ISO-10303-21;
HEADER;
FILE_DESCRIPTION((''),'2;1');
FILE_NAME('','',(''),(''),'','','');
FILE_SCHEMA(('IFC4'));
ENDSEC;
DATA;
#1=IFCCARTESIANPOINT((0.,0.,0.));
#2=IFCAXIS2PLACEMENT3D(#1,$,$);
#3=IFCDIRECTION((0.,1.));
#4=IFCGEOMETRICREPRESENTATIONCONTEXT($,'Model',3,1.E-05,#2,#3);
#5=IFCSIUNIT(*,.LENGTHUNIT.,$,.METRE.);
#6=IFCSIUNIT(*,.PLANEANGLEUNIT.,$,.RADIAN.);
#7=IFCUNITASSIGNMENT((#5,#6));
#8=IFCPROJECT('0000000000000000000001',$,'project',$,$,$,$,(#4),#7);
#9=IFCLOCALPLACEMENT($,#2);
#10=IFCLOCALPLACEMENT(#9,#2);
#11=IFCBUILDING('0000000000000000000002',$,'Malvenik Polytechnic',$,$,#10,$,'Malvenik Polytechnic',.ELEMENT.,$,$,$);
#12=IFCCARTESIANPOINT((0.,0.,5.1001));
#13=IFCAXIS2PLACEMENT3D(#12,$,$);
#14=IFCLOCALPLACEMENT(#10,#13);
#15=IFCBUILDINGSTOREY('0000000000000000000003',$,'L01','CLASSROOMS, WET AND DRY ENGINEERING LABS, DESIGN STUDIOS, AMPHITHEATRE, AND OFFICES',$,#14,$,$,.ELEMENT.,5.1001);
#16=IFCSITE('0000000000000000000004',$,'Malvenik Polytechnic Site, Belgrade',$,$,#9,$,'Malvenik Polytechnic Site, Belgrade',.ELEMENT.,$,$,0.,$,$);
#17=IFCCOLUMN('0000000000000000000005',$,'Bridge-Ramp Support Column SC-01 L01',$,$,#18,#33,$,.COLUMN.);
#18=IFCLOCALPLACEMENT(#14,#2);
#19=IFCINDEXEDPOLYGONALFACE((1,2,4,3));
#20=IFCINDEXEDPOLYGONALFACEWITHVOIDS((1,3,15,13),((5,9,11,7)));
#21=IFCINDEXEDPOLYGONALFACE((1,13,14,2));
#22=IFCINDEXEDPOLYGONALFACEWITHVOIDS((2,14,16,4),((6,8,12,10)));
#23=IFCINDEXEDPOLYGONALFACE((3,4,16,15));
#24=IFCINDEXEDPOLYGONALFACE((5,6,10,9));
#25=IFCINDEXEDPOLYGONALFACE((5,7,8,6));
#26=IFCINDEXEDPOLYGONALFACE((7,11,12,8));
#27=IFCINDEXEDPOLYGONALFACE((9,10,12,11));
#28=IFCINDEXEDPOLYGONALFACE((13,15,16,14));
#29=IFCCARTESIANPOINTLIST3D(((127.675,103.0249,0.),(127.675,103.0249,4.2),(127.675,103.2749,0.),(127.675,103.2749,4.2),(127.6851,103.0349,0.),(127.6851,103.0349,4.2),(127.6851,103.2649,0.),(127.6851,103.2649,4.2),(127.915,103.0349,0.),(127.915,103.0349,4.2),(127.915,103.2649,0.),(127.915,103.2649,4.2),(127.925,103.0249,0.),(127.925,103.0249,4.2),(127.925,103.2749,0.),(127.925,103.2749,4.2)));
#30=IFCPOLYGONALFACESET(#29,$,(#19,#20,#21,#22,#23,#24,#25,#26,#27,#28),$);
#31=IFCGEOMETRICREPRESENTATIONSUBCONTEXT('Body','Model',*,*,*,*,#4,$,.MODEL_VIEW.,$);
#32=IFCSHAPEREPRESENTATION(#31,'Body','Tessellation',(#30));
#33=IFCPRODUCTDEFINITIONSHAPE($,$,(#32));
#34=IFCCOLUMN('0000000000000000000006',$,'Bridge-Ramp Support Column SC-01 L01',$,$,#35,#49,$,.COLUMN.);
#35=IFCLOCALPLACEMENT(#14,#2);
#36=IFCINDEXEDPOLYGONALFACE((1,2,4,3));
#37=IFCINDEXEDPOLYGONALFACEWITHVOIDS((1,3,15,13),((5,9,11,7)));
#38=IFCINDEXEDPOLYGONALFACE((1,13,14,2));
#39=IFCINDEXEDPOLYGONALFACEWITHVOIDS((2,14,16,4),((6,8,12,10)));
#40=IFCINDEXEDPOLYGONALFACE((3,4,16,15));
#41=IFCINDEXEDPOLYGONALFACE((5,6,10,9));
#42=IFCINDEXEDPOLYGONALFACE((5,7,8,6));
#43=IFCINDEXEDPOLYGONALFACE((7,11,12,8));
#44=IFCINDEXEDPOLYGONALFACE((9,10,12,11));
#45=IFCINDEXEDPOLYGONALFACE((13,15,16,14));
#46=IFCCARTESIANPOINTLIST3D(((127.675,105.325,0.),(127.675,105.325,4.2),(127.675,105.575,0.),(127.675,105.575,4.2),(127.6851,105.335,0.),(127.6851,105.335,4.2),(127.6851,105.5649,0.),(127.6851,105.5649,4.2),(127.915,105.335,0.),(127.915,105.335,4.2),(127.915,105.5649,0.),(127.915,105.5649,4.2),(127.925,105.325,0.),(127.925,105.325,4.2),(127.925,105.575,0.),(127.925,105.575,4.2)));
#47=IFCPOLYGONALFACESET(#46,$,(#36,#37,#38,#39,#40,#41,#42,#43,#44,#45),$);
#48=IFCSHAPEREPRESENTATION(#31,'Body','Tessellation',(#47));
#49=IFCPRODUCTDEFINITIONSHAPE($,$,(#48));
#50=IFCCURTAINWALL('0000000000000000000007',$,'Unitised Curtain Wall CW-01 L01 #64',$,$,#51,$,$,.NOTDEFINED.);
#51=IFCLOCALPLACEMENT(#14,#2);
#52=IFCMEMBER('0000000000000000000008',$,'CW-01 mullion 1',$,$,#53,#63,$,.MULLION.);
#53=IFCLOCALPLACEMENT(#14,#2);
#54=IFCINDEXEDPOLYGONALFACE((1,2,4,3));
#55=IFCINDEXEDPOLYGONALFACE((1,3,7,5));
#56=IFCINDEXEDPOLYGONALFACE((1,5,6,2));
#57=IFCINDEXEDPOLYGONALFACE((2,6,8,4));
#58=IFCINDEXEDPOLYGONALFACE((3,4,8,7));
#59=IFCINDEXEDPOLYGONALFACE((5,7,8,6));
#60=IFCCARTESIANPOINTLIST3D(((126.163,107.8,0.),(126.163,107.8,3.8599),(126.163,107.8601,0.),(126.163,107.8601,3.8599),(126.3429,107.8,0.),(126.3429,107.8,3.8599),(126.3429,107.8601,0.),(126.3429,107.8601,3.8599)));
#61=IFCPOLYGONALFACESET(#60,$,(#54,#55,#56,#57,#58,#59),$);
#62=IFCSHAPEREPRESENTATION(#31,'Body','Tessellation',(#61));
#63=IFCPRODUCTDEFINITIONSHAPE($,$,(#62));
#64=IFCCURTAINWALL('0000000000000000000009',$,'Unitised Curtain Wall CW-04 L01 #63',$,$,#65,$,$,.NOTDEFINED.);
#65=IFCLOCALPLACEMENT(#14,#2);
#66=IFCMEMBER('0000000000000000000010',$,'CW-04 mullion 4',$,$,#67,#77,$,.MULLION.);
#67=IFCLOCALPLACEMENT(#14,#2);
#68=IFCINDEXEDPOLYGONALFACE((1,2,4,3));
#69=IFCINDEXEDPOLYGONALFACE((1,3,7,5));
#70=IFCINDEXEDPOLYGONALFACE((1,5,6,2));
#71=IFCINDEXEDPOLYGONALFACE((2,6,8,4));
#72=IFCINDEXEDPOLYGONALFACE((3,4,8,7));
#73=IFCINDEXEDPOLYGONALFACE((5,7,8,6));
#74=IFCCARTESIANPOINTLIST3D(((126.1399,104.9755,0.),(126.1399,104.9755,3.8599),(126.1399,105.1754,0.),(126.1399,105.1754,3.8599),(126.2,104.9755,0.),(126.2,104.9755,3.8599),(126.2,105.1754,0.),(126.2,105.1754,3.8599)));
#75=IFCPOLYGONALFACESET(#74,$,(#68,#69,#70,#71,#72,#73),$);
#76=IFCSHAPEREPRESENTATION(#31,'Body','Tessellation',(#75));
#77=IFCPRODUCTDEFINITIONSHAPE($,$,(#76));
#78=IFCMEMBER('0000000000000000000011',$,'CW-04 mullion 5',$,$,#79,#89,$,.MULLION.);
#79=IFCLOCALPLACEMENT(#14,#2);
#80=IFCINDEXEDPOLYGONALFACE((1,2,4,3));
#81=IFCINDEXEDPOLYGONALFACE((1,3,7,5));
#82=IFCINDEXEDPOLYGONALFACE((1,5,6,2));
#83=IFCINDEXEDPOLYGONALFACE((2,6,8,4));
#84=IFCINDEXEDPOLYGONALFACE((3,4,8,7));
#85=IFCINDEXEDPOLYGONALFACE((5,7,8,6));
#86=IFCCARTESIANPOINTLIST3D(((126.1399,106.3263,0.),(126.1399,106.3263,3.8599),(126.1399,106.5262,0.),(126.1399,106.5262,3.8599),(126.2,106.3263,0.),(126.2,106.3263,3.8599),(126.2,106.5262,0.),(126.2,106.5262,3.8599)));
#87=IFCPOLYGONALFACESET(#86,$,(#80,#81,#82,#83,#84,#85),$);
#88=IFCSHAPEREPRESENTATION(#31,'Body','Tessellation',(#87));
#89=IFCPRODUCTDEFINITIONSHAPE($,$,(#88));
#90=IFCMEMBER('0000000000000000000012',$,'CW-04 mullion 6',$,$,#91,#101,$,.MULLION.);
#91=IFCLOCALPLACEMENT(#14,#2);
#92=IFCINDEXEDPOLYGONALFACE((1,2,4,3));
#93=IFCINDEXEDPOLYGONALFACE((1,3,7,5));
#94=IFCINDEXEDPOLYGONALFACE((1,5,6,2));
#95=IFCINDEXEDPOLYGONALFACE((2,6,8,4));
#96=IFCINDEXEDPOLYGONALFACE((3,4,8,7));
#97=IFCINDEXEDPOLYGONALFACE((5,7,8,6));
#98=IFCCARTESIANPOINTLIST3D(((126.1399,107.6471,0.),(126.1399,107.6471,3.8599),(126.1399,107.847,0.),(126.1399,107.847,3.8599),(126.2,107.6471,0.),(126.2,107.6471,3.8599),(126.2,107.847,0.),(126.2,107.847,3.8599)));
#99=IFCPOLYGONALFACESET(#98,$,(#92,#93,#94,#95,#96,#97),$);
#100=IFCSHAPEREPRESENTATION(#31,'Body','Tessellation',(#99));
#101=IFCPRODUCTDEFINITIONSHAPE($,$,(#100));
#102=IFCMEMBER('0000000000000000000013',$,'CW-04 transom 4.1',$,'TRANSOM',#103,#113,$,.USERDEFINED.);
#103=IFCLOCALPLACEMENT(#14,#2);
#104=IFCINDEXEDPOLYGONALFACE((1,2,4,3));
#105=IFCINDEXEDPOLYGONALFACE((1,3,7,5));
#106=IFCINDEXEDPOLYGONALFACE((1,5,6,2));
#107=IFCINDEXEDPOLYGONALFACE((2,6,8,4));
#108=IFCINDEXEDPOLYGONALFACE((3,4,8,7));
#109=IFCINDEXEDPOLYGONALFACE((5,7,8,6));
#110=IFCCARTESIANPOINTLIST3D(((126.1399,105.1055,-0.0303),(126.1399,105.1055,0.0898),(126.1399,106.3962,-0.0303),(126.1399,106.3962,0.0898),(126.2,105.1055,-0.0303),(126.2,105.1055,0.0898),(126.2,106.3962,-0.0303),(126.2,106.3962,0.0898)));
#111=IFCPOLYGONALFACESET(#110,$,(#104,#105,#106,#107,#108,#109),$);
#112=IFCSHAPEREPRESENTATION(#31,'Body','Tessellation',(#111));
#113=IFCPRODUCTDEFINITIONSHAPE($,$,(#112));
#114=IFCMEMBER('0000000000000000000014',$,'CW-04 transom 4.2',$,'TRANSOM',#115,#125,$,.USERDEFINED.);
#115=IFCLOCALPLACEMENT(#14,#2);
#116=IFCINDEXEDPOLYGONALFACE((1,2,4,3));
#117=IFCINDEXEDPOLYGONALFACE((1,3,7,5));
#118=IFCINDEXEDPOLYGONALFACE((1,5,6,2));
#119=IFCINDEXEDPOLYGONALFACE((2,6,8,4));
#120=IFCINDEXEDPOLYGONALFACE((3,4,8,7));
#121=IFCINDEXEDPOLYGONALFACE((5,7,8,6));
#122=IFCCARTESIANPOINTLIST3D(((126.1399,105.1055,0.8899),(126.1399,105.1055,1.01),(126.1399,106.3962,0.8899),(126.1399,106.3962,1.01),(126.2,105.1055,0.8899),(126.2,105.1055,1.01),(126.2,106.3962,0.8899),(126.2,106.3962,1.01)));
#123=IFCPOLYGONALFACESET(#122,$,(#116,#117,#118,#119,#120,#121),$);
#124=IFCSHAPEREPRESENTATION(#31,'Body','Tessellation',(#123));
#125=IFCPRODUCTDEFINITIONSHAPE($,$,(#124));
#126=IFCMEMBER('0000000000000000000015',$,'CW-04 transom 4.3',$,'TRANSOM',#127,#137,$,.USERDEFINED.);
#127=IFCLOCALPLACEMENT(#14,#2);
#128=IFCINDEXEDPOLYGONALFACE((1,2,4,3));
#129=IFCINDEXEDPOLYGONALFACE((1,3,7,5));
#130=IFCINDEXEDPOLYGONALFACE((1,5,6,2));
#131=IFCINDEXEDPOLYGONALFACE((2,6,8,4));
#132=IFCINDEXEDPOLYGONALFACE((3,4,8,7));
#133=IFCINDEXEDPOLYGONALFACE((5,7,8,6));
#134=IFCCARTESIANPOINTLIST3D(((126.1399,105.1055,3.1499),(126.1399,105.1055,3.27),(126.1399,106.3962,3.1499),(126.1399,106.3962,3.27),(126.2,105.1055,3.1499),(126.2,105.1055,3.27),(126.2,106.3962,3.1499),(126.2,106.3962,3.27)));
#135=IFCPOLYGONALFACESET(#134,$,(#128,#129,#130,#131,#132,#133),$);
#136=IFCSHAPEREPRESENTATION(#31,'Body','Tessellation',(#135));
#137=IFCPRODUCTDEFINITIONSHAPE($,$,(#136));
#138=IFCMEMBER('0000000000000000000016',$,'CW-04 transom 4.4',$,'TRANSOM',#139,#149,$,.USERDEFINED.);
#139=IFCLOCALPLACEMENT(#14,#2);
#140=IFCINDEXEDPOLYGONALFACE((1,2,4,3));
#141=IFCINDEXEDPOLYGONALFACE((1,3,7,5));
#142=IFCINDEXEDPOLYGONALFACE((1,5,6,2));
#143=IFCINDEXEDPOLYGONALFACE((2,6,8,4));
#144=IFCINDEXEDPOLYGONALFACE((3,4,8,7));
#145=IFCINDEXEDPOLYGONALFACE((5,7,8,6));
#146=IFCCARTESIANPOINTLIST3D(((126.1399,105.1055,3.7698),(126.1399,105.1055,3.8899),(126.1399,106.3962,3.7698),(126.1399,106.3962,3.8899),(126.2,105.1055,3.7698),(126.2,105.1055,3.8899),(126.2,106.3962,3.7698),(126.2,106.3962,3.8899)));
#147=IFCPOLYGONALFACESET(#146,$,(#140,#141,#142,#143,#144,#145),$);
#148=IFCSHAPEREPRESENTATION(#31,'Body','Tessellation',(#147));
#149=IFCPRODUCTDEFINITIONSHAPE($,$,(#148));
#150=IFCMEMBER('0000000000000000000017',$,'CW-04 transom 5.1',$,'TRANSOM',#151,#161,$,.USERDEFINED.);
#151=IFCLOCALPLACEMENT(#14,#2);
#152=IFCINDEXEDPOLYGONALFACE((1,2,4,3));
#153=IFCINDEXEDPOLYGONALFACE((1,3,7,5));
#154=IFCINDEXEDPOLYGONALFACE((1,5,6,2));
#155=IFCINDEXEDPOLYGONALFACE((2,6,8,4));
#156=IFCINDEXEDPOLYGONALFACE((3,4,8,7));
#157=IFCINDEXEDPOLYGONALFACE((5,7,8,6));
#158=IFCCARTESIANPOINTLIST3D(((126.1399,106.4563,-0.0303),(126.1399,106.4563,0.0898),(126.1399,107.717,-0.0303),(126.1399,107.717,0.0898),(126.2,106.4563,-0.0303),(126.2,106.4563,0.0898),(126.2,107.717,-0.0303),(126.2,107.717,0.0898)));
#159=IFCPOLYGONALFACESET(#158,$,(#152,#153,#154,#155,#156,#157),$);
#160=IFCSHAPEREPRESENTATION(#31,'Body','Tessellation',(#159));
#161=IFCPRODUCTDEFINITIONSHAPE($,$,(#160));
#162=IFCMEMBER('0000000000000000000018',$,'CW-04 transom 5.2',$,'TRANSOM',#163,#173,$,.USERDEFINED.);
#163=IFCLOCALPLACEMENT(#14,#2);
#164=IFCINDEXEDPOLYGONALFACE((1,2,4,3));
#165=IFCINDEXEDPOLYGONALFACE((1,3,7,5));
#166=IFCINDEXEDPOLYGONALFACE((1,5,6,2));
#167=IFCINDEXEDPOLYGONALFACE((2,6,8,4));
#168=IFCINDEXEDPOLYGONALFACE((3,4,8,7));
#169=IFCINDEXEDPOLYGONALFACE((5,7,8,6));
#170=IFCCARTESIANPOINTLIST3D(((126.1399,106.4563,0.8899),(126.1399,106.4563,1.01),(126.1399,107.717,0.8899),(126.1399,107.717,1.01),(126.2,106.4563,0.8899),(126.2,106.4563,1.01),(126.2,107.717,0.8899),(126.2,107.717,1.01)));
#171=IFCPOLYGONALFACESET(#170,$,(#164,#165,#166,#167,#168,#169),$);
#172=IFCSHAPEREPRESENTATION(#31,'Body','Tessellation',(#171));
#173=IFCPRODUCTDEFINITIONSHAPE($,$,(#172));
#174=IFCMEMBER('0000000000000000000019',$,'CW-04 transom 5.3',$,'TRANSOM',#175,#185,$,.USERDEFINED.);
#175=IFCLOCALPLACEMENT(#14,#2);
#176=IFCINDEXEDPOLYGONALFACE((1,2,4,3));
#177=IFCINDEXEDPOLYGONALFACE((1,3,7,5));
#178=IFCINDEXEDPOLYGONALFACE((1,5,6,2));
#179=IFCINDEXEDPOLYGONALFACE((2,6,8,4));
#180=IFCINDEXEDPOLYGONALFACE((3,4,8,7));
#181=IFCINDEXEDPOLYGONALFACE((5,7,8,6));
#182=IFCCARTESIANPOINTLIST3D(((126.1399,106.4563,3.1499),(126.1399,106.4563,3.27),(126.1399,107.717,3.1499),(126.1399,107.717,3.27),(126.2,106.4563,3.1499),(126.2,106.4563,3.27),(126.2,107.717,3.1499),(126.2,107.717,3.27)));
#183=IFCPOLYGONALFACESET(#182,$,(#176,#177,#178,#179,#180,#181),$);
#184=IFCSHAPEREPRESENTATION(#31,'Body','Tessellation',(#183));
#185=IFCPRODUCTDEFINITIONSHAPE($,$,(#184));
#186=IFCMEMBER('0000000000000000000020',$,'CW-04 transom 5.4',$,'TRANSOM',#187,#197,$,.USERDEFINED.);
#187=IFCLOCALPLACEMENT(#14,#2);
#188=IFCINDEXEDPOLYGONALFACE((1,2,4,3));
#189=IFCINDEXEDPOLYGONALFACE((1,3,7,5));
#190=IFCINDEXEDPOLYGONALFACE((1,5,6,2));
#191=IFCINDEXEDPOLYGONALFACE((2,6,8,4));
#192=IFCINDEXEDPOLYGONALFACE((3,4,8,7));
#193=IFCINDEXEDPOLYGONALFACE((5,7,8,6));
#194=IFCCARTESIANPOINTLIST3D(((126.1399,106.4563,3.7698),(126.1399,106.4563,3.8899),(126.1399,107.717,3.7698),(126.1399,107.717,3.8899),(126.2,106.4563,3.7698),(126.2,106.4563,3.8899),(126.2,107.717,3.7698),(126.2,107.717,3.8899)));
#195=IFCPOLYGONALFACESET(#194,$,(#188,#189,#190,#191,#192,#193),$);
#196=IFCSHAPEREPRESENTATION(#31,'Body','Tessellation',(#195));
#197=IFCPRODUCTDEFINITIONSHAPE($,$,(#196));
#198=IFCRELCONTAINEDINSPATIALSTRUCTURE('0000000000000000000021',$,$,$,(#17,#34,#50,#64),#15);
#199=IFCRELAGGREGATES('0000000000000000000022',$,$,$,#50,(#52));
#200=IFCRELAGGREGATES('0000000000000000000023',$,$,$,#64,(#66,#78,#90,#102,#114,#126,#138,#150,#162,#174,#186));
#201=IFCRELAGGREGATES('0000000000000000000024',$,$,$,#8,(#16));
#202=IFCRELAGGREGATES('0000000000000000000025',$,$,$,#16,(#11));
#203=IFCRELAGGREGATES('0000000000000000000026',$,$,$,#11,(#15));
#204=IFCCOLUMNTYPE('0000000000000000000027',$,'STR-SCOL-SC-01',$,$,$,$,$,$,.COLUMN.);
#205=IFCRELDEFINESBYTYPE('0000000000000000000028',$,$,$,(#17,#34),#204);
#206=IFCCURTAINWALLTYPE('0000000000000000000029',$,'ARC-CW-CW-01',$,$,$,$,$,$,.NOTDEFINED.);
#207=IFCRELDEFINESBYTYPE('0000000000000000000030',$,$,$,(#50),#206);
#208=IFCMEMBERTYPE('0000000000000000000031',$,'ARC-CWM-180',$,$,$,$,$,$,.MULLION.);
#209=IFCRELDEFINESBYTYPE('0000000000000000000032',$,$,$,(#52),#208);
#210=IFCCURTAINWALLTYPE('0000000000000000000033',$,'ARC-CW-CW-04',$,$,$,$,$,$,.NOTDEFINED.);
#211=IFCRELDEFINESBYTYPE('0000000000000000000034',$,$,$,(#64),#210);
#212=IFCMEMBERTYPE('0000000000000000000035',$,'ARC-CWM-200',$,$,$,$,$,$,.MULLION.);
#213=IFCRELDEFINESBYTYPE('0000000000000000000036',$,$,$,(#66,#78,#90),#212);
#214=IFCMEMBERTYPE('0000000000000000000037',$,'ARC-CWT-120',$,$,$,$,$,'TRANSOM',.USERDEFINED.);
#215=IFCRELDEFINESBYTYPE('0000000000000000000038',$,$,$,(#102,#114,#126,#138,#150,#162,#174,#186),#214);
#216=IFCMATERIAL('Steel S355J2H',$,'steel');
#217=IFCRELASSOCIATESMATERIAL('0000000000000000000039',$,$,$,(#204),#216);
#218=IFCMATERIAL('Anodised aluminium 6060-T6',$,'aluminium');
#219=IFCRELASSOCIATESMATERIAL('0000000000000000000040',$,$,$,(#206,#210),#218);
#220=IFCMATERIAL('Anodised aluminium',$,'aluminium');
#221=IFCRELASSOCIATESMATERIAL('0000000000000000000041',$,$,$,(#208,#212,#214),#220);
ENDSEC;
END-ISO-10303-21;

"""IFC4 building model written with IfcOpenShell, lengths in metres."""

from ifc_helpers import new_model, si_unit, direction, frame, origin, origin_2d, place, context, subcontext, project, spatial, rectangle, hollow_rectangle, extrude, material, material_profile, profile_set, type_object, element, aggregate, save


model = new_model("IFC4")

# Units and contexts
model_context = context("Model", 3, precision=1e-05, world=origin(), true_north=direction((0.0, 1.0)))
body_context = subcontext(model_context, "Body", "Model", "MODEL_VIEW")
ifc_project = project(units=[si_unit("LENGTHUNIT", "METRE"), si_unit("PLANEANGLEUNIT", "RADIAN")], contexts=[model_context])

# Site, building, storey
site_placement = place(None, origin())
site = spatial("IfcSite", under=ifc_project, at=site_placement, Name="Malvenik Polytechnic Site, Belgrade", LongName="Malvenik Polytechnic Site, Belgrade", CompositionType="ELEMENT", RefElevation=0.0)
building_placement = place(site_placement, origin())
building = spatial("IfcBuilding", under=site, at=building_placement, Name="Malvenik Polytechnic", LongName="Malvenik Polytechnic", CompositionType="ELEMENT")
storey_placement = place(building_placement, frame((0.0, 0.0, 5.1001)))
storey = spatial("IfcBuildingStorey", under=building, at=storey_placement, Name="L01", Description="CLASSROOMS, WET AND DRY ENGINEERING LABS, DESIGN STUDIOS, AMPHITHEATRE, AND OFFICES", CompositionType="ELEMENT", Elevation=5.1001)

# Columns
ifc_material_1 = material(Name="Steel S355J2H", Category="steel")
ifc_material_profile_1 = material_profile(ifc_material_1, hollow_rectangle(XDim=0.25, YDim=0.25, WallThickness=0.01, at=origin_2d()), Name="SHS 250x250x10.0")
ifc_profile_set_1 = profile_set([ifc_material_profile_1], Name="Steel S355J2H")
column_type = type_object("IfcColumnType", Name="STR-SCOL-SC-01", PredefinedType="COLUMN", material=ifc_profile_set_1)
for number, where, z_axis, x_axis, name in (
    (1, (127.8, 103.1499, 0.0), (0.0, 0.0, 1.0), (1.0, 0.0, 0.0), "Bridge-Ramp Support Column SC-01 L01"),
    (2, (127.8, 105.45, 0.0), (0.0, 0.0, 1.0), (1.0, 0.0, 0.0), "Bridge-Ramp Support Column SC-01 L01"),
):
    element("IfcColumn", number, at=place(storey_placement, frame(where, z_axis=z_axis, x_axis=x_axis)), inside=storey, type_object=column_type, Name=name, PredefinedType="COLUMN", context=body_context, shape_type="SweptSolid", body=[
        extrude(hollow_rectangle(XDim=0.25, YDim=0.25, WallThickness=0.01, at=origin_2d()), origin(), (0.0, 0.0, 1.0), 4.2),
    ])

# Curtain wall, member
ifc_material_2 = material(Name="Anodised aluminium 6060-T6", Category="aluminium")
curtain_wall_type_1 = type_object("IfcCurtainWallType", Name="ARC-CW-CW-01", PredefinedType="NOTDEFINED", material=ifc_material_2)
curtain_wall_1_placement = place(storey_placement, origin())
curtain_wall_1 = element("IfcCurtainWall", 3, at=curtain_wall_1_placement, inside=storey, type_object=curtain_wall_type_1, Name="Unitised Curtain Wall CW-01 L01 #64", PredefinedType="NOTDEFINED")
ifc_material_3 = material(Name="Anodised aluminium", Category="aluminium")
ifc_material_profile_2 = material_profile(ifc_material_3, rectangle(XDim=0.0601, YDim=0.1799, at=origin_2d()), Name="ALU MULLION 60x180")
ifc_profile_set_2 = profile_set([ifc_material_profile_2], Name="Anodised aluminium")
member_type_1 = type_object("IfcMemberType", Name="ARC-CWM-180", PredefinedType="MULLION", material=ifc_profile_set_2)
member_1_placement = place(storey_placement, frame((126.2529, 107.8301, 0.0), z_axis=(0.0, 0.0, 1.0), x_axis=(0.0, 1.0, 0.0)))
member_1 = element("IfcMember", 4, at=member_1_placement, type_object=member_type_1, Name="CW-01 mullion 1", PredefinedType="MULLION", context=body_context, shape_type="SweptSolid", body=[
    extrude(rectangle(XDim=0.0601, YDim=0.1799, at=origin_2d()), origin(), (0.0, 0.0, 1.0), 3.8599),
])
aggregate(curtain_wall_1, [member_1])

# Curtain wall, members
curtain_wall_type_2 = type_object("IfcCurtainWallType", Name="ARC-CW-CW-04", PredefinedType="NOTDEFINED", material=ifc_material_2)
curtain_wall_2_placement = place(storey_placement, origin())
curtain_wall_2 = element("IfcCurtainWall", 5, at=curtain_wall_2_placement, inside=storey, type_object=curtain_wall_type_2, Name="Unitised Curtain Wall CW-04 L01 #63", PredefinedType="NOTDEFINED")
ifc_material_profile_3 = material_profile(ifc_material_3, rectangle(XDim=0.0601, YDim=0.2, at=origin_2d()), Name="ALU MULLION 60x200")
ifc_profile_set_3 = profile_set([ifc_material_profile_3], Name="Anodised aluminium")
member_type_2 = type_object("IfcMemberType", Name="ARC-CWM-200", PredefinedType="MULLION", material=ifc_profile_set_3)
member_2_placement = place(storey_placement, frame((126.1699, 105.0754, 0.0), z_axis=(0.0, 0.0, 1.0), x_axis=(-1.0, 0.0, 0.0)))
member_2 = element("IfcMember", 6, at=member_2_placement, type_object=member_type_2, Name="CW-04 mullion 4", PredefinedType="MULLION", context=body_context, shape_type="SweptSolid", body=[
    extrude(rectangle(XDim=0.0601, YDim=0.2, at=origin_2d()), origin(), (0.0, 0.0, 1.0), 3.8599),
])
member_3_placement = place(storey_placement, frame((126.1699, 106.4263, 0.0), z_axis=(0.0, 0.0, 1.0), x_axis=(-1.0, 0.0, 0.0)))
member_3 = element("IfcMember", 7, at=member_3_placement, type_object=member_type_2, Name="CW-04 mullion 5", PredefinedType="MULLION", context=body_context, shape_type="SweptSolid", body=[
    extrude(rectangle(XDim=0.0601, YDim=0.2, at=origin_2d()), origin(), (0.0, 0.0, 1.0), 3.8599),
])
member_4_placement = place(storey_placement, frame((126.1699, 107.7471, 0.0), z_axis=(0.0, 0.0, 1.0), x_axis=(-1.0, 0.0, 0.0)))
member_4 = element("IfcMember", 8, at=member_4_placement, type_object=member_type_2, Name="CW-04 mullion 6", PredefinedType="MULLION", context=body_context, shape_type="SweptSolid", body=[
    extrude(rectangle(XDim=0.0601, YDim=0.2, at=origin_2d()), origin(), (0.0, 0.0, 1.0), 3.8599),
])
ifc_material_profile_4 = material_profile(ifc_material_3, rectangle(XDim=0.0601, YDim=0.1201, at=origin_2d()), Name="ALU TRANSOM 60x120")
ifc_profile_set_4 = profile_set([ifc_material_profile_4], Name="Anodised aluminium")
member_type_3 = type_object("IfcMemberType", Name="ARC-CWT-120", ElementType="TRANSOM", PredefinedType="USERDEFINED", material=ifc_profile_set_4)
member_5_placement = place(storey_placement, frame((126.1699, 105.1055, 0.0298), z_axis=(0.0, 1.0, 0.0), x_axis=(-1.0, 0.0, 0.0)))
member_5 = element("IfcMember", 9, at=member_5_placement, type_object=member_type_3, Name="CW-04 transom 4.1", ObjectType="TRANSOM", PredefinedType="USERDEFINED", context=body_context, shape_type="SweptSolid", body=[
    extrude(rectangle(XDim=0.0601, YDim=0.1201, at=origin_2d()), origin(), (0.0, 0.0, 1.0), 1.2908),
])
member_6_placement = place(storey_placement, frame((126.1699, 105.1055, 0.95), z_axis=(0.0, 1.0, 0.0), x_axis=(-1.0, 0.0, 0.0)))
member_6 = element("IfcMember", 10, at=member_6_placement, type_object=member_type_3, Name="CW-04 transom 4.2", ObjectType="TRANSOM", PredefinedType="USERDEFINED", context=body_context, shape_type="SweptSolid", body=[
    extrude(rectangle(XDim=0.0601, YDim=0.1201, at=origin_2d()), origin(), (0.0, 0.0, 1.0), 1.2908),
])
member_7_placement = place(storey_placement, frame((126.1699, 105.1055, 3.21), z_axis=(0.0, 1.0, 0.0), x_axis=(-1.0, 0.0, 0.0)))
member_7 = element("IfcMember", 11, at=member_7_placement, type_object=member_type_3, Name="CW-04 transom 4.3", ObjectType="TRANSOM", PredefinedType="USERDEFINED", context=body_context, shape_type="SweptSolid", body=[
    extrude(rectangle(XDim=0.0601, YDim=0.1201, at=origin_2d()), origin(), (0.0, 0.0, 1.0), 1.2908),
])
member_8_placement = place(storey_placement, frame((126.1699, 105.1055, 3.8298), z_axis=(0.0, 1.0, 0.0), x_axis=(-1.0, 0.0, 0.0)))
member_8 = element("IfcMember", 12, at=member_8_placement, type_object=member_type_3, Name="CW-04 transom 4.4", ObjectType="TRANSOM", PredefinedType="USERDEFINED", context=body_context, shape_type="SweptSolid", body=[
    extrude(rectangle(XDim=0.0601, YDim=0.1201, at=origin_2d()), origin(), (0.0, 0.0, 1.0), 1.2908),
])
member_9_placement = place(storey_placement, frame((126.1699, 106.4563, 0.0298), z_axis=(0.0, 1.0, 0.0), x_axis=(-1.0, 0.0, 0.0)))
member_9 = element("IfcMember", 13, at=member_9_placement, type_object=member_type_3, Name="CW-04 transom 5.1", ObjectType="TRANSOM", PredefinedType="USERDEFINED", context=body_context, shape_type="SweptSolid", body=[
    extrude(rectangle(XDim=0.0601, YDim=0.1201, at=origin_2d()), origin(), (0.0, 0.0, 1.0), 1.2607),
])
member_10_placement = place(storey_placement, frame((126.1699, 106.4563, 0.95), z_axis=(0.0, 1.0, 0.0), x_axis=(-1.0, 0.0, 0.0)))
member_10 = element("IfcMember", 14, at=member_10_placement, type_object=member_type_3, Name="CW-04 transom 5.2", ObjectType="TRANSOM", PredefinedType="USERDEFINED", context=body_context, shape_type="SweptSolid", body=[
    extrude(rectangle(XDim=0.0601, YDim=0.1201, at=origin_2d()), origin(), (0.0, 0.0, 1.0), 1.2607),
])
member_11_placement = place(storey_placement, frame((126.1699, 106.4563, 3.21), z_axis=(0.0, 1.0, 0.0), x_axis=(-1.0, 0.0, 0.0)))
member_11 = element("IfcMember", 15, at=member_11_placement, type_object=member_type_3, Name="CW-04 transom 5.3", ObjectType="TRANSOM", PredefinedType="USERDEFINED", context=body_context, shape_type="SweptSolid", body=[
    extrude(rectangle(XDim=0.0601, YDim=0.1201, at=origin_2d()), origin(), (0.0, 0.0, 1.0), 1.2607),
])
member_12_placement = place(storey_placement, frame((126.1699, 106.4563, 3.8298), z_axis=(0.0, 1.0, 0.0), x_axis=(-1.0, 0.0, 0.0)))
member_12 = element("IfcMember", 16, at=member_12_placement, type_object=member_type_3, Name="CW-04 transom 5.4", ObjectType="TRANSOM", PredefinedType="USERDEFINED", context=body_context, shape_type="SweptSolid", body=[
    extrude(rectangle(XDim=0.0601, YDim=0.1201, at=origin_2d()), origin(), (0.0, 0.0, 1.0), 1.2607),
])
aggregate(curtain_wall_2, [member_2, member_3, member_4, member_5, member_6, member_7, member_8, member_9, member_10, member_11, member_12])

save(model, "model.ifc")
